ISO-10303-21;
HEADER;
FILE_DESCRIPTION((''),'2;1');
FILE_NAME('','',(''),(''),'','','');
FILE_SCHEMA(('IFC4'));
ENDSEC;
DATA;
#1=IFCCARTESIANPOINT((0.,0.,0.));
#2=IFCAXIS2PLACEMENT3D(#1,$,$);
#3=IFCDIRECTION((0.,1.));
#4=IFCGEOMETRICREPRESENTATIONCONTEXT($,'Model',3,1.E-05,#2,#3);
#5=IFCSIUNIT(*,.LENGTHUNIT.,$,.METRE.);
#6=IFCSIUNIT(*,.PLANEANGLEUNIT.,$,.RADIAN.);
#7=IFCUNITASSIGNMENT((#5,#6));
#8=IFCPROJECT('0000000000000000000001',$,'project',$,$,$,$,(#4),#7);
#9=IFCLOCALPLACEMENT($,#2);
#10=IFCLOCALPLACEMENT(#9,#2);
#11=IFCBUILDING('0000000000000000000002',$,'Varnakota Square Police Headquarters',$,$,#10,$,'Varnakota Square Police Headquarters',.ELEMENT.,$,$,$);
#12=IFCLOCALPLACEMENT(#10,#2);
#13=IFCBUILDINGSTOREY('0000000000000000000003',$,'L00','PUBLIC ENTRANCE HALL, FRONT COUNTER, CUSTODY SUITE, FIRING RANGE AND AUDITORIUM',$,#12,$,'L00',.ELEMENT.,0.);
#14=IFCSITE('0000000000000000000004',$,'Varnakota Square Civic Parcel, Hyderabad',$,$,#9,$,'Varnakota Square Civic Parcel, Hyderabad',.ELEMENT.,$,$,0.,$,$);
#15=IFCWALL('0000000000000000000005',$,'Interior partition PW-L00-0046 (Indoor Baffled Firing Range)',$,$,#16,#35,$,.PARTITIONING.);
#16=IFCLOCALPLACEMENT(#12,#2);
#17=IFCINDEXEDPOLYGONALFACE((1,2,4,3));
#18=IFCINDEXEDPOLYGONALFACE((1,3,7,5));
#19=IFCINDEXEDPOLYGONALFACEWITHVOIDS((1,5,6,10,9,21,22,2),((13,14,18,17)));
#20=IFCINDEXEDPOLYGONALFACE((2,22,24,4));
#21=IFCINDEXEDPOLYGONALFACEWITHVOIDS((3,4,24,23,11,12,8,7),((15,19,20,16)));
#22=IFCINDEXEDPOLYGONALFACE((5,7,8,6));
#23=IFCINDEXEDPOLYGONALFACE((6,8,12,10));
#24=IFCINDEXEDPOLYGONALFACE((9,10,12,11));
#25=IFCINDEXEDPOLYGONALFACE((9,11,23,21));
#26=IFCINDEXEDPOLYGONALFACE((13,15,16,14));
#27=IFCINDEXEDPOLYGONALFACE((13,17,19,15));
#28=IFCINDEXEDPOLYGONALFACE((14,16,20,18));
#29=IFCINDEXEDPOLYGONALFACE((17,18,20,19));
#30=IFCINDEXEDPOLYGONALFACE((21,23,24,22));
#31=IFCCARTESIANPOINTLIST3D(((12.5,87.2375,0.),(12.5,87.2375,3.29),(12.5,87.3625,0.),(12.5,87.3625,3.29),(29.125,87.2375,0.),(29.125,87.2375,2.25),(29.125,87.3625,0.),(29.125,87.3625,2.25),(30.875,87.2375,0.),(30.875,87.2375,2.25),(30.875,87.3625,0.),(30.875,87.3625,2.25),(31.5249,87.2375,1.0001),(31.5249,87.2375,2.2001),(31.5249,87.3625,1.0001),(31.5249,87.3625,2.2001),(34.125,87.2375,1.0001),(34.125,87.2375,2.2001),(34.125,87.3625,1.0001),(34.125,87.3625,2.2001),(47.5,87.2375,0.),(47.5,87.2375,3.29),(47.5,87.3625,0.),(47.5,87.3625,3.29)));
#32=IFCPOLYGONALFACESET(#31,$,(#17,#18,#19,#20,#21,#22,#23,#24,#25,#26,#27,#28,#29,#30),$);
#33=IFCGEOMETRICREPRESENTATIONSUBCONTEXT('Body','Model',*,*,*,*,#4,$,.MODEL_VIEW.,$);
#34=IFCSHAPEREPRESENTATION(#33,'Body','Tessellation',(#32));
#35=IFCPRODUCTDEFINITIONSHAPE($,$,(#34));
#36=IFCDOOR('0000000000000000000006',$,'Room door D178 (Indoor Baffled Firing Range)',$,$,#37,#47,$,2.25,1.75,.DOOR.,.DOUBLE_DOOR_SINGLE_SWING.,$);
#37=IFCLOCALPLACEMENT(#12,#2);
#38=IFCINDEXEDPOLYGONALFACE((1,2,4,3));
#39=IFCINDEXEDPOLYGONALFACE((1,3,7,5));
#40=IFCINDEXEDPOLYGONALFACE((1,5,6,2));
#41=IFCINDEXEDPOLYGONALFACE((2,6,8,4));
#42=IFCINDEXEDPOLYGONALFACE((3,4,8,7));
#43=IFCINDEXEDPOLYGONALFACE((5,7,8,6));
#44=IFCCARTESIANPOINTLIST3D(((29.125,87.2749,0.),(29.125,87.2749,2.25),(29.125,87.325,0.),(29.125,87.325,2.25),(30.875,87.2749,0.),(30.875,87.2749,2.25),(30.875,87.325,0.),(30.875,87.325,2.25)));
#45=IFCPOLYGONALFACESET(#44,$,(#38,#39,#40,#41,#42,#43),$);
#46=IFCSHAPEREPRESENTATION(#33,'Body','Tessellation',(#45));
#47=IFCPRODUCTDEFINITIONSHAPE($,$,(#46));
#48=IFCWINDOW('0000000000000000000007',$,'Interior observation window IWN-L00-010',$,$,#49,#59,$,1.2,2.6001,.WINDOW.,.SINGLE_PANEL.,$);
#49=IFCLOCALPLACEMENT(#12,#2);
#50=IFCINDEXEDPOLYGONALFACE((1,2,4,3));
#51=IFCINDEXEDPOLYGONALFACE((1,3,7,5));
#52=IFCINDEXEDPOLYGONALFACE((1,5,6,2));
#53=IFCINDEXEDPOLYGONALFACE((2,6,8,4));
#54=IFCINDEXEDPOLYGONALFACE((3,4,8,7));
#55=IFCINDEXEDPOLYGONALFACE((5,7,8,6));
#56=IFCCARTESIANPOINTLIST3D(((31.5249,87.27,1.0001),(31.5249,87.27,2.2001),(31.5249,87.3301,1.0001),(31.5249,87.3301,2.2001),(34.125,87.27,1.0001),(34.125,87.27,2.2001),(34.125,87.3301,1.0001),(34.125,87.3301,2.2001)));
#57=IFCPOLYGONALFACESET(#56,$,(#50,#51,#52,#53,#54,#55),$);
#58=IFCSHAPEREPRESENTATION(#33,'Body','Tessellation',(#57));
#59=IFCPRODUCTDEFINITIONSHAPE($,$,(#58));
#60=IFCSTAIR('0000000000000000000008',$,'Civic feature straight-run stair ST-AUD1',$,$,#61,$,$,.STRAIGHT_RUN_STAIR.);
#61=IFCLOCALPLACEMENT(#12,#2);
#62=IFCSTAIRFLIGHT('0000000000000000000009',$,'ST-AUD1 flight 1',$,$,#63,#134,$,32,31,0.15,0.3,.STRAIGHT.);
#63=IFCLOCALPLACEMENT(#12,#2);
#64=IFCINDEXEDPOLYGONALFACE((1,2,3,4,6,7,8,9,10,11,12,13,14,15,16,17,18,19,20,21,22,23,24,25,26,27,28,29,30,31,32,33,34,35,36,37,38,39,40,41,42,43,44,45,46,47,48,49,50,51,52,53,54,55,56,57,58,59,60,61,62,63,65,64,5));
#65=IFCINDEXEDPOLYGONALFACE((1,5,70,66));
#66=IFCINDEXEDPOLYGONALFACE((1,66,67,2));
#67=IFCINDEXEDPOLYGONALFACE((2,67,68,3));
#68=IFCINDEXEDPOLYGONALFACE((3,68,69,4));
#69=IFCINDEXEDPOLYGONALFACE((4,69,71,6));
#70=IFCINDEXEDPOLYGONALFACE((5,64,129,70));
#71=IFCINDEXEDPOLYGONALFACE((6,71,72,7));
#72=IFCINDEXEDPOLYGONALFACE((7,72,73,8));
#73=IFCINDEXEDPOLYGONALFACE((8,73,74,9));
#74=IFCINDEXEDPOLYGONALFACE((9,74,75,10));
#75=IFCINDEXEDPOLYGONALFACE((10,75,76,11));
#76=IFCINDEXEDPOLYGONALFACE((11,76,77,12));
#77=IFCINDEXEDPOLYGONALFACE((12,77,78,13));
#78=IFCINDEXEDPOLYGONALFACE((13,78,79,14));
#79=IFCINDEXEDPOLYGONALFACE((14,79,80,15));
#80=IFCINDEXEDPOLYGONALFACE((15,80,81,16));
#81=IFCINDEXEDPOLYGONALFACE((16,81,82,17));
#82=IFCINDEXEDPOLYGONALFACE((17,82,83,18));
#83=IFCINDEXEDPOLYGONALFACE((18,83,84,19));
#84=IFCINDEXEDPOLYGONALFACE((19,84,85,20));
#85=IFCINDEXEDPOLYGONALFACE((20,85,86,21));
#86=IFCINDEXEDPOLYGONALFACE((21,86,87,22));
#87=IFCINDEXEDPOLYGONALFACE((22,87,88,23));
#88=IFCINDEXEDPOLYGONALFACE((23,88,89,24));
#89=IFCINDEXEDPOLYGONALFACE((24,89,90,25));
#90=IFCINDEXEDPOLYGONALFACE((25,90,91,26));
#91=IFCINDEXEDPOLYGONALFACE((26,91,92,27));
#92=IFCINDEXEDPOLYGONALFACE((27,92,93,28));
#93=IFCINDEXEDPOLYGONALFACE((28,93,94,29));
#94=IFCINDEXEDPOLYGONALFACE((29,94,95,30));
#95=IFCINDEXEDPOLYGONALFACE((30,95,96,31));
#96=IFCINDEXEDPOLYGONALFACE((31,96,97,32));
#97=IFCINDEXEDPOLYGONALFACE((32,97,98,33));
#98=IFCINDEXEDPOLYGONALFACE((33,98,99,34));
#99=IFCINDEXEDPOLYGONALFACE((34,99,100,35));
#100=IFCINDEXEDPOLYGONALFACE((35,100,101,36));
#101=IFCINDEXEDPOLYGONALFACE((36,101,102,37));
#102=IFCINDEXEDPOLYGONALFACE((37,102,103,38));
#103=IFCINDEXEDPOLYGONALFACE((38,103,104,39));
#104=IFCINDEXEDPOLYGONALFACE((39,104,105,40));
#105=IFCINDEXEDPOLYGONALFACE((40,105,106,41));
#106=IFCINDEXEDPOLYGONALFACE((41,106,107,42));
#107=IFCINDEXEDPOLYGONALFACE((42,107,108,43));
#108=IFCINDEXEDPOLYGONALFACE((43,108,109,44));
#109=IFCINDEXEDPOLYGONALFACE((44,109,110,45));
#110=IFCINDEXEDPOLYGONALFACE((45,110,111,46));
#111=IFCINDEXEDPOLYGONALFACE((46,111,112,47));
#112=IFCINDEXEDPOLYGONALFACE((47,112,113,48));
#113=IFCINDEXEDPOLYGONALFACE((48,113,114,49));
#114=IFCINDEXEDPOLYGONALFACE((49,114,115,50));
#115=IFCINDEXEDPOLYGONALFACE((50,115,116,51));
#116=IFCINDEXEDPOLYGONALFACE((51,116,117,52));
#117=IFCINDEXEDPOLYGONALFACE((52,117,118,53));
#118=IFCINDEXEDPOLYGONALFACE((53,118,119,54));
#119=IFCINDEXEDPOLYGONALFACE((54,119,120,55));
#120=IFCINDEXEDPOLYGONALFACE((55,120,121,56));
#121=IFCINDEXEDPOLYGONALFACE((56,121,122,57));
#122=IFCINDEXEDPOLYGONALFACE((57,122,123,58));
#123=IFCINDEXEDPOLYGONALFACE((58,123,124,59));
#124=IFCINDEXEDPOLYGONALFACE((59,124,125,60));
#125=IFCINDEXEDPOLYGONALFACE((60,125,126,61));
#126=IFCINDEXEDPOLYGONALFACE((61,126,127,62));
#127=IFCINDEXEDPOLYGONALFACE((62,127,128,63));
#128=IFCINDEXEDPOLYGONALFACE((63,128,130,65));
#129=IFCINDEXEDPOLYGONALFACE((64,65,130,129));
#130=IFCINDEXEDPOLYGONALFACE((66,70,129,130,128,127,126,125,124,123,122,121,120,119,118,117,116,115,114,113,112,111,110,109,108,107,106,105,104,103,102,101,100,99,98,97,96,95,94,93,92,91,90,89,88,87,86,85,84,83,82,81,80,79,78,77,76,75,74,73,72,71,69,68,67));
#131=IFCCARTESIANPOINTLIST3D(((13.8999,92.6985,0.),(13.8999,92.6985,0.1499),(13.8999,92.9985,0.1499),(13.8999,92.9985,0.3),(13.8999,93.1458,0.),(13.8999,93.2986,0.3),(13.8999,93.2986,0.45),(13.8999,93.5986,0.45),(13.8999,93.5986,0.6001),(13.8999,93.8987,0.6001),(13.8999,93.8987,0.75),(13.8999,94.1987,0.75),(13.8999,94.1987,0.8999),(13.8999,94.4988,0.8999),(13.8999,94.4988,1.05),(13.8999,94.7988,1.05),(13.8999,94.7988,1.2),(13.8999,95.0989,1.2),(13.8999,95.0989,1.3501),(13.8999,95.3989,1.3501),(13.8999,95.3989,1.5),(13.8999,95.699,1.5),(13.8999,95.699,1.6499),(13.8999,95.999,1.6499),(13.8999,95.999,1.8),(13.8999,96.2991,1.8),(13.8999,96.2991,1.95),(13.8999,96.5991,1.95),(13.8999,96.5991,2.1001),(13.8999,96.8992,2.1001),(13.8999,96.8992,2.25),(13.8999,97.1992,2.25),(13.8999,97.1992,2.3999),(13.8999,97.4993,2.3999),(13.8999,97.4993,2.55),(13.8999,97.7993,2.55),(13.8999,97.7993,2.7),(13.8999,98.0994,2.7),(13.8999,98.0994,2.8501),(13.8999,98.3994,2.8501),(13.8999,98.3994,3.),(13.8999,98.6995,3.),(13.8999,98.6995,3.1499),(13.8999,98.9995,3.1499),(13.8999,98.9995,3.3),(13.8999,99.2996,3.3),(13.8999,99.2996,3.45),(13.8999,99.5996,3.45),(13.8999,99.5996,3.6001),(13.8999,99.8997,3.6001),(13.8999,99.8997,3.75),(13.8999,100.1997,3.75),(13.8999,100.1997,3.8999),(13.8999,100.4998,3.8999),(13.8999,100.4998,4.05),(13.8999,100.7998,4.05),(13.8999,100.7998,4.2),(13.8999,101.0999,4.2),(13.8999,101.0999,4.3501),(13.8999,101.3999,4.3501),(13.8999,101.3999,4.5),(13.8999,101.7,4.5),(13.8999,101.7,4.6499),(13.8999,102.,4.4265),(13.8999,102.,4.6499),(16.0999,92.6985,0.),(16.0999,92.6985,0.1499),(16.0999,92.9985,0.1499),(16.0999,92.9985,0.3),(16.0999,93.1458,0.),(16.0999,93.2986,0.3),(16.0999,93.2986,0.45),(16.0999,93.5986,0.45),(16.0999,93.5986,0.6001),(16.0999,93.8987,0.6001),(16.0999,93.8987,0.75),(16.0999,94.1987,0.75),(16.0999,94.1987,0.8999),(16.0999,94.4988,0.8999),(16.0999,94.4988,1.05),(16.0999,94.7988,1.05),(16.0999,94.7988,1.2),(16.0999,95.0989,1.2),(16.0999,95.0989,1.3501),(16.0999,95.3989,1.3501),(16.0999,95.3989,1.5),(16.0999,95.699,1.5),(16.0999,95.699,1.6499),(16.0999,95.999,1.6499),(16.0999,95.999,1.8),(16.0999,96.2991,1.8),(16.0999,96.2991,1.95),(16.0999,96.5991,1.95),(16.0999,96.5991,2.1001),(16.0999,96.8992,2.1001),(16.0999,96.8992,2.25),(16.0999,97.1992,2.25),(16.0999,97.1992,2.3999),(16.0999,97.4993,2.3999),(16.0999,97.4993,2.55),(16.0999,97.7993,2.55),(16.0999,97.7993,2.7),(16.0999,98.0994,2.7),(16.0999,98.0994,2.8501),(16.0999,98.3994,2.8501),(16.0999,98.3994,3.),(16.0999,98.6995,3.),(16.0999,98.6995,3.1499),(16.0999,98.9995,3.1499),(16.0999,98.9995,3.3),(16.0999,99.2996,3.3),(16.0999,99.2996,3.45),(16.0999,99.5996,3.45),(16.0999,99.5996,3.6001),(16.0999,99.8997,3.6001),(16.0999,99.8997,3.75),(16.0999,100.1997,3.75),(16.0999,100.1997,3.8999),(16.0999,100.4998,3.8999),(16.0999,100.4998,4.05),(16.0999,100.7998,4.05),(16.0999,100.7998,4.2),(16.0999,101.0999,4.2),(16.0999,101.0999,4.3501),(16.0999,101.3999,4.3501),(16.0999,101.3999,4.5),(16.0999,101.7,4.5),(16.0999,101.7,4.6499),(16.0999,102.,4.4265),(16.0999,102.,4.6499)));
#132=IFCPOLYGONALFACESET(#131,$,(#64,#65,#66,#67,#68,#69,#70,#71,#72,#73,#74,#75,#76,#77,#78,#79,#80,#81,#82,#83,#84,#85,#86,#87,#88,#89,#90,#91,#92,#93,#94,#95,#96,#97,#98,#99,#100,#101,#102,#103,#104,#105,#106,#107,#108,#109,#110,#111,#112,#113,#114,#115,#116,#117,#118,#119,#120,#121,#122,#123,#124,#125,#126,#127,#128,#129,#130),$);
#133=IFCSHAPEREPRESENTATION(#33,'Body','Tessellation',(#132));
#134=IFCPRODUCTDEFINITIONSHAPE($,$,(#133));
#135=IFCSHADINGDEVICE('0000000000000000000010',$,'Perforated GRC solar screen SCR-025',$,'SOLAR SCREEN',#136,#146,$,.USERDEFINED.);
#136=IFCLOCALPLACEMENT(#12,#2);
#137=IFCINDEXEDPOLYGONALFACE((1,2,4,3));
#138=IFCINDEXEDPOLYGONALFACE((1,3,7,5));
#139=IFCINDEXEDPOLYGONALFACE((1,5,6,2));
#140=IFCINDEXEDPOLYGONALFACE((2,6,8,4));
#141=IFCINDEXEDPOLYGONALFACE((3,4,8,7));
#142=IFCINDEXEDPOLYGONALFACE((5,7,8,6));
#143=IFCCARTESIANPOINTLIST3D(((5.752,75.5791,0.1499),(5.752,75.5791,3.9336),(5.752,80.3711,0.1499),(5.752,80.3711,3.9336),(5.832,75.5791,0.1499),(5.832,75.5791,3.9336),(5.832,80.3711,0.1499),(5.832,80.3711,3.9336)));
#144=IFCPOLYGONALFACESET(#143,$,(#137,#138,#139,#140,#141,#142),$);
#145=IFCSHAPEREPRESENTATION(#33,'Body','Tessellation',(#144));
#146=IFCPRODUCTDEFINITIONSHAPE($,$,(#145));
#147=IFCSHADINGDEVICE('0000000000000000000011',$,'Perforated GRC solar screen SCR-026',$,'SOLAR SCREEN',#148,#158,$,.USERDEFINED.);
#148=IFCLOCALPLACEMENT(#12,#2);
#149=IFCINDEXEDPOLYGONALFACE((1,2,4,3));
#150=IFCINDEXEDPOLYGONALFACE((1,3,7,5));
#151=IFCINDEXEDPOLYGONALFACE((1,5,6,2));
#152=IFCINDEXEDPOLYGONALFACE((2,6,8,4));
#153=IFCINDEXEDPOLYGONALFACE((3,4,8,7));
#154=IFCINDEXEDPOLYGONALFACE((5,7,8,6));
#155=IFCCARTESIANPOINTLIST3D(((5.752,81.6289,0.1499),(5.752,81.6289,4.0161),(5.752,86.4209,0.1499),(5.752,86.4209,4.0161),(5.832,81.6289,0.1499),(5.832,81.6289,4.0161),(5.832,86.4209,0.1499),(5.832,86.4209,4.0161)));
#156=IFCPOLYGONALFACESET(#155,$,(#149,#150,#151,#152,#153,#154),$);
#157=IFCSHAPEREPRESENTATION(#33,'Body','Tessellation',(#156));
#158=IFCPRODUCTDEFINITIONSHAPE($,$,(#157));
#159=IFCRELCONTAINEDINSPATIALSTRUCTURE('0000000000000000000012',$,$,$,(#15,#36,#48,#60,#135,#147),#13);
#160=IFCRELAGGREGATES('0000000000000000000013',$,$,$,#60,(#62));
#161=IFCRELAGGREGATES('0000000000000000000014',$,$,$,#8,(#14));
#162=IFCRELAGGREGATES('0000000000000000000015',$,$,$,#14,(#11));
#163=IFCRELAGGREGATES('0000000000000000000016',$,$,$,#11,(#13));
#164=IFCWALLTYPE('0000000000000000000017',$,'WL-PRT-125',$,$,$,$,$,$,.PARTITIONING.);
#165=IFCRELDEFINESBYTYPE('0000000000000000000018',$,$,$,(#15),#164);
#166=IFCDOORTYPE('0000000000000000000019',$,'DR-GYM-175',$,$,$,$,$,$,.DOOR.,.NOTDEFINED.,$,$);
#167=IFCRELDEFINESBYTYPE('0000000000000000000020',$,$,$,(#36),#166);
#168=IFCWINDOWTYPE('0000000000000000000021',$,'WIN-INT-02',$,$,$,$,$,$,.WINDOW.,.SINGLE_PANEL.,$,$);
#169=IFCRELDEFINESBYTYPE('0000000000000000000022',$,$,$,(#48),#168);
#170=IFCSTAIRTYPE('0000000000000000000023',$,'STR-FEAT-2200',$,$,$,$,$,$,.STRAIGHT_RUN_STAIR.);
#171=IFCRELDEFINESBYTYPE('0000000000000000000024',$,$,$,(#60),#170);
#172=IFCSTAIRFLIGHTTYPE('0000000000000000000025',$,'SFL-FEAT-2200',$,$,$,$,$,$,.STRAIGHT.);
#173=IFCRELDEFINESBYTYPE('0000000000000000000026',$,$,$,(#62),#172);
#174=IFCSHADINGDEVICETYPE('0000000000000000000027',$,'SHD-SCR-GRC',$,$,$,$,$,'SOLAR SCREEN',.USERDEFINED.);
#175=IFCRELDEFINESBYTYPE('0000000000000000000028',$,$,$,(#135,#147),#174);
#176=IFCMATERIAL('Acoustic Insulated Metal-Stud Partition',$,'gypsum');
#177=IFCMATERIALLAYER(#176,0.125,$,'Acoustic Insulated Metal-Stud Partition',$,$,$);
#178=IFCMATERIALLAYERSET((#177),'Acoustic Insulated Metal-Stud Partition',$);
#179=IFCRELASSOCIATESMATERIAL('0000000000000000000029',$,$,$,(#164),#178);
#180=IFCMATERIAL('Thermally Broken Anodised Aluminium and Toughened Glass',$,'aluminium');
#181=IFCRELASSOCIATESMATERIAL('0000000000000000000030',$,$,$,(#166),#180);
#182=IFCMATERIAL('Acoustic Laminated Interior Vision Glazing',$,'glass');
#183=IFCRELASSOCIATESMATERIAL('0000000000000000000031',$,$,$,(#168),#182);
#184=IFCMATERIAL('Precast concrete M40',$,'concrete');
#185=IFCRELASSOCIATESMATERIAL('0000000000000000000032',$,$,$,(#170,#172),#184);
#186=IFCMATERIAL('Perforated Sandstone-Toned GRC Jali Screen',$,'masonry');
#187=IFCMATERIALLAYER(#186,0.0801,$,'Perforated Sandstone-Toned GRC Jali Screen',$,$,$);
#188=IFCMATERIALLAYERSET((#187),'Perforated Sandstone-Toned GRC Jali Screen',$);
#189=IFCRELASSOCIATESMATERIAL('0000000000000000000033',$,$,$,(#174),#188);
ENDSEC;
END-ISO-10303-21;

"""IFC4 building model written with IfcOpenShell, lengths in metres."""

from ifc_helpers import new_model, si_unit, direction, frame, frame_2d, origin, origin_2d, place, context, subcontext, project, spatial, polyline, rectangle, outline, extrude, material, layer, layer_set, type_object, element, fill, aggregate, save


model = new_model("IFC4")

# Units and contexts
model_context = context("Model", 3, precision=1e-05, world=origin(), true_north=direction((0.0, 1.0)))
body_context = subcontext(model_context, "Body", "Model", "MODEL_VIEW")
ifc_project = project(units=[si_unit("LENGTHUNIT", "METRE"), si_unit("PLANEANGLEUNIT", "RADIAN")], contexts=[model_context])

# Site, building, storey
site_placement = place(None, origin())
site = spatial("IfcSite", under=ifc_project, at=site_placement, Name="Varnakota Square Civic Parcel, Hyderabad", LongName="Varnakota Square Civic Parcel, Hyderabad", CompositionType="ELEMENT", RefElevation=0.0)
building_placement = place(site_placement, origin())
building = spatial("IfcBuilding", under=site, at=building_placement, Name="Varnakota Square Police Headquarters", LongName="Varnakota Square Police Headquarters", CompositionType="ELEMENT")
storey_placement = place(building_placement, origin())
storey = spatial("IfcBuildingStorey", under=building, at=storey_placement, Name="L00", Description="PUBLIC ENTRANCE HALL, FRONT COUNTER, CUSTODY SUITE, FIRING RANGE AND AUDITORIUM", LongName="L00", CompositionType="ELEMENT", Elevation=0.0)

# Wall, openings, door, window
ifc_material_1 = material(Name="Acoustic Insulated Metal-Stud Partition", Category="gypsum")
ifc_layer_1 = layer(ifc_material_1, 0.125, Name="Acoustic Insulated Metal-Stud Partition")
ifc_layer_set_1 = layer_set([ifc_layer_1], Name="Acoustic Insulated Metal-Stud Partition")
wall_type_1 = type_object("IfcWallType", Name="WL-PRT-125", PredefinedType="PARTITIONING", material=ifc_layer_set_1)
wall_1_placement = place(storey_placement, frame((12.5, 87.3, 0.0), z_axis=(0.0, 0.0, 1.0), x_axis=(1.0, 0.0, 0.0)))
wall_1 = element("IfcWall", 1, at=wall_1_placement, inside=storey, type_object=wall_type_1, Name="Interior partition PW-L00-0046 (Indoor Baffled Firing Range)", PredefinedType="PARTITIONING", context=body_context, shape_type="SweptSolid", body=[
    extrude(rectangle(XDim=35.0, YDim=0.125, at=frame_2d((17.5, 0.0))), origin(), (0.0, 0.0, 1.0), 3.29),
])
opening_1_placement = place(wall_1_placement, frame((16.625, 0.0, 0.0)))
opening_1 = element("IfcOpeningElement", 2, at=opening_1_placement, cuts=wall_1, PredefinedType="OPENING", context=body_context, shape_type="SweptSolid", body=[
    extrude(rectangle(XDim=1.75, YDim=2.25, at=frame_2d((0.875, 1.125))), frame((0.0, 0.0725, 0.0), z_axis=(0.0, -1.0, 0.0), x_axis=(1.0, 0.0, 0.0)), (0.0, 0.0, 1.0), 0.145),
])
opening_2_placement = place(wall_1_placement, frame((19.0249, 0.0, 1.0)))
opening_2 = element("IfcOpeningElement", 3, at=opening_2_placement, cuts=wall_1, PredefinedType="OPENING", context=body_context, shape_type="SweptSolid", body=[
    extrude(rectangle(XDim=2.6001, YDim=1.2, at=frame_2d((1.3, 0.6001))), frame((0.0, 0.0725, 0.0), z_axis=(0.0, -1.0, 0.0), x_axis=(1.0, 0.0, 0.0)), (0.0, 0.0, 1.0), 0.145),
])
ifc_material_2 = material(Name="Thermally Broken Anodised Aluminium and Toughened Glass", Category="aluminium")
door_type_1 = type_object("IfcDoorType", Name="DR-GYM-175", OperationType="NOTDEFINED", PredefinedType="DOOR", material=ifc_material_2)
door_1_placement = place(opening_1_placement, origin())
door_1 = element("IfcDoor", 4, at=door_1_placement, inside=storey, type_object=door_type_1, Name="Room door D178 (Indoor Baffled Firing Range)", OperationType="DOUBLE_DOOR_SINGLE_SWING", OverallHeight=2.25, OverallWidth=1.75, PredefinedType="DOOR", context=body_context, shape_type="SweptSolid", body=[
    extrude(rectangle(XDim=1.75, YDim=2.25, at=frame_2d((0.875, 1.125))), frame((0.0, 0.0249, 0.0), z_axis=(0.0, -1.0, 0.0), x_axis=(1.0, 0.0, 0.0)), (0.0, 0.0, 1.0), 0.05),
])
fill(opening_1, door_1)
ifc_material_3 = material(Name="Acoustic Laminated Interior Vision Glazing", Category="glass")
window_type = type_object("IfcWindowType", Name="WIN-INT-02", PartitioningType="SINGLE_PANEL", PredefinedType="WINDOW", material=ifc_material_3)
window_placement = place(opening_2_placement, origin())
window = element("IfcWindow", 5, at=window_placement, inside=storey, type_object=window_type, Name="Interior observation window IWN-L00-010", OverallHeight=1.2, OverallWidth=2.6001, PartitioningType="SINGLE_PANEL", PredefinedType="WINDOW", context=body_context, shape_type="SweptSolid", body=[
    extrude(rectangle(XDim=2.6001, YDim=1.2, at=frame_2d((1.3, 0.6001))), frame((0.0, 0.03, 0.0), z_axis=(0.0, -1.0, 0.0), x_axis=(1.0, 0.0, 0.0)), (0.0, 0.0, 1.0), 0.0601),
])
fill(opening_2, window)

# Stair, stair flight
ifc_material_4 = material(Name="Precast concrete M40", Category="concrete")
stair_type = type_object("IfcStairType", Name="STR-FEAT-2200", PredefinedType="STRAIGHT_RUN_STAIR", material=ifc_material_4)
stair_placement = place(storey_placement, origin())
stair = element("IfcStair", 6, at=stair_placement, inside=storey, type_object=stair_type, Name="Civic feature straight-run stair ST-AUD1", PredefinedType="STRAIGHT_RUN_STAIR")
stair_flight_type = type_object("IfcStairFlightType", Name="SFL-FEAT-2200", PredefinedType="STRAIGHT", material=ifc_material_4)
stair_flight_placement = place(storey_placement, frame((15.0, 92.6985, 0.0), z_axis=(0.0, 0.0, 1.0), x_axis=(0.0, 1.0, 0.0)))
stair_flight = element("IfcStairFlight", 7, at=stair_flight_placement, type_object=stair_flight_type, Name="ST-AUD1 flight 1", NumberOfRisers=32, NumberOfTreads=31, PredefinedType="STRAIGHT", RiserHeight=0.15, TreadLength=0.3, context=body_context, shape_type="SweptSolid", body=[
    extrude(outline(polyline([(0.0, 0.0), (0.0, 0.1499), (0.3, 0.1499), (0.3, 0.3), (0.6001, 0.3), (0.6001, 0.45), (0.9001, 0.45), (0.9001, 0.6001), (1.2002, 0.6001), (1.2002, 0.75), (1.5002, 0.75), (1.5002, 0.8999), (1.8003, 0.8999), (1.8003, 1.05), (2.1003, 1.05), (2.1003, 1.2), (2.4004, 1.2), (2.4004, 1.3501), (2.7004, 1.3501), (2.7004, 1.5), (3.0005, 1.5), (3.0005, 1.6499), (3.3005, 1.6499), (3.3005, 1.8), (3.6006, 1.8), (3.6006, 1.95), (3.9006, 1.95), (3.9006, 2.1001), (4.2007, 2.1001), (4.2007, 2.25), (4.5007, 2.25), (4.5007, 2.3999), (4.8008, 2.3999), (4.8008, 2.55), (5.1008, 2.55), (5.1008, 2.7), (5.4009, 2.7), (5.4009, 2.8501), (5.7009, 2.8501), (5.7009, 3.0), (6.001, 3.0), (6.001, 3.1499), (6.301, 3.1499), (6.301, 3.3), (6.6011, 3.3), (6.6011, 3.45), (6.9011, 3.45), (6.9011, 3.6001), (7.2012, 3.6001), (7.2012, 3.75), (7.5012, 3.75), (7.5012, 3.8999), (7.8013, 3.8999), (7.8013, 4.05), (8.1013, 4.05), (8.1013, 4.2), (8.4014, 4.2), (8.4014, 4.3501), (8.7014, 4.3501), (8.7014, 4.5), (9.0015, 4.5), (9.0015, 4.6499), (9.3015, 4.6499), (9.3015, 4.8), (9.3015, 4.4265), (0.4473, 0.0), (0.0, 0.0)])), frame((0.0, 1.1001, 0.0), z_axis=(0.0, -1.0, 0.0), x_axis=(1.0, 0.0, 0.0)), (0.0, 0.0, 1.0), 2.2),
])
aggregate(stair, [stair_flight])

# Shading devices
ifc_material_5 = material(Name="Perforated Sandstone-Toned GRC Jali Screen", Category="masonry")
ifc_layer_2 = layer(ifc_material_5, 0.0801, Name="Perforated Sandstone-Toned GRC Jali Screen")
ifc_layer_set_2 = layer_set([ifc_layer_2], Name="Perforated Sandstone-Toned GRC Jali Screen")
shading_device_type = type_object("IfcShadingDeviceType", Name="SHD-SCR-GRC", ElementType="SOLAR SCREEN", PredefinedType="USERDEFINED", material=ifc_layer_set_2)
shading_device_1_placement = place(storey_placement, frame((5.792, 77.9751, 0.1499), z_axis=(0.0, 0.0, 1.0), x_axis=(0.0, 1.0, 0.0)))
element("IfcShadingDevice", 8, at=shading_device_1_placement, inside=storey, type_object=shading_device_type, Name="Perforated GRC solar screen SCR-025", ObjectType="SOLAR SCREEN", PredefinedType="USERDEFINED", context=body_context, shape_type="SweptSolid", body=[
    extrude(rectangle(XDim=4.792, YDim=0.0801, at=origin_2d()), origin(), (0.0, 0.0, 1.0), 3.7837),
])
shading_device_2_placement = place(storey_placement, frame((5.792, 84.0249, 0.1499), z_axis=(0.0, 0.0, 1.0), x_axis=(0.0, 1.0, 0.0)))
element("IfcShadingDevice", 9, at=shading_device_2_placement, inside=storey, type_object=shading_device_type, Name="Perforated GRC solar screen SCR-026", ObjectType="SOLAR SCREEN", PredefinedType="USERDEFINED", context=body_context, shape_type="SweptSolid", body=[
    extrude(rectangle(XDim=4.792, YDim=0.0801, at=origin_2d()), origin(), (0.0, 0.0, 1.0), 3.8662),
])

save(model, "model.ifc")
